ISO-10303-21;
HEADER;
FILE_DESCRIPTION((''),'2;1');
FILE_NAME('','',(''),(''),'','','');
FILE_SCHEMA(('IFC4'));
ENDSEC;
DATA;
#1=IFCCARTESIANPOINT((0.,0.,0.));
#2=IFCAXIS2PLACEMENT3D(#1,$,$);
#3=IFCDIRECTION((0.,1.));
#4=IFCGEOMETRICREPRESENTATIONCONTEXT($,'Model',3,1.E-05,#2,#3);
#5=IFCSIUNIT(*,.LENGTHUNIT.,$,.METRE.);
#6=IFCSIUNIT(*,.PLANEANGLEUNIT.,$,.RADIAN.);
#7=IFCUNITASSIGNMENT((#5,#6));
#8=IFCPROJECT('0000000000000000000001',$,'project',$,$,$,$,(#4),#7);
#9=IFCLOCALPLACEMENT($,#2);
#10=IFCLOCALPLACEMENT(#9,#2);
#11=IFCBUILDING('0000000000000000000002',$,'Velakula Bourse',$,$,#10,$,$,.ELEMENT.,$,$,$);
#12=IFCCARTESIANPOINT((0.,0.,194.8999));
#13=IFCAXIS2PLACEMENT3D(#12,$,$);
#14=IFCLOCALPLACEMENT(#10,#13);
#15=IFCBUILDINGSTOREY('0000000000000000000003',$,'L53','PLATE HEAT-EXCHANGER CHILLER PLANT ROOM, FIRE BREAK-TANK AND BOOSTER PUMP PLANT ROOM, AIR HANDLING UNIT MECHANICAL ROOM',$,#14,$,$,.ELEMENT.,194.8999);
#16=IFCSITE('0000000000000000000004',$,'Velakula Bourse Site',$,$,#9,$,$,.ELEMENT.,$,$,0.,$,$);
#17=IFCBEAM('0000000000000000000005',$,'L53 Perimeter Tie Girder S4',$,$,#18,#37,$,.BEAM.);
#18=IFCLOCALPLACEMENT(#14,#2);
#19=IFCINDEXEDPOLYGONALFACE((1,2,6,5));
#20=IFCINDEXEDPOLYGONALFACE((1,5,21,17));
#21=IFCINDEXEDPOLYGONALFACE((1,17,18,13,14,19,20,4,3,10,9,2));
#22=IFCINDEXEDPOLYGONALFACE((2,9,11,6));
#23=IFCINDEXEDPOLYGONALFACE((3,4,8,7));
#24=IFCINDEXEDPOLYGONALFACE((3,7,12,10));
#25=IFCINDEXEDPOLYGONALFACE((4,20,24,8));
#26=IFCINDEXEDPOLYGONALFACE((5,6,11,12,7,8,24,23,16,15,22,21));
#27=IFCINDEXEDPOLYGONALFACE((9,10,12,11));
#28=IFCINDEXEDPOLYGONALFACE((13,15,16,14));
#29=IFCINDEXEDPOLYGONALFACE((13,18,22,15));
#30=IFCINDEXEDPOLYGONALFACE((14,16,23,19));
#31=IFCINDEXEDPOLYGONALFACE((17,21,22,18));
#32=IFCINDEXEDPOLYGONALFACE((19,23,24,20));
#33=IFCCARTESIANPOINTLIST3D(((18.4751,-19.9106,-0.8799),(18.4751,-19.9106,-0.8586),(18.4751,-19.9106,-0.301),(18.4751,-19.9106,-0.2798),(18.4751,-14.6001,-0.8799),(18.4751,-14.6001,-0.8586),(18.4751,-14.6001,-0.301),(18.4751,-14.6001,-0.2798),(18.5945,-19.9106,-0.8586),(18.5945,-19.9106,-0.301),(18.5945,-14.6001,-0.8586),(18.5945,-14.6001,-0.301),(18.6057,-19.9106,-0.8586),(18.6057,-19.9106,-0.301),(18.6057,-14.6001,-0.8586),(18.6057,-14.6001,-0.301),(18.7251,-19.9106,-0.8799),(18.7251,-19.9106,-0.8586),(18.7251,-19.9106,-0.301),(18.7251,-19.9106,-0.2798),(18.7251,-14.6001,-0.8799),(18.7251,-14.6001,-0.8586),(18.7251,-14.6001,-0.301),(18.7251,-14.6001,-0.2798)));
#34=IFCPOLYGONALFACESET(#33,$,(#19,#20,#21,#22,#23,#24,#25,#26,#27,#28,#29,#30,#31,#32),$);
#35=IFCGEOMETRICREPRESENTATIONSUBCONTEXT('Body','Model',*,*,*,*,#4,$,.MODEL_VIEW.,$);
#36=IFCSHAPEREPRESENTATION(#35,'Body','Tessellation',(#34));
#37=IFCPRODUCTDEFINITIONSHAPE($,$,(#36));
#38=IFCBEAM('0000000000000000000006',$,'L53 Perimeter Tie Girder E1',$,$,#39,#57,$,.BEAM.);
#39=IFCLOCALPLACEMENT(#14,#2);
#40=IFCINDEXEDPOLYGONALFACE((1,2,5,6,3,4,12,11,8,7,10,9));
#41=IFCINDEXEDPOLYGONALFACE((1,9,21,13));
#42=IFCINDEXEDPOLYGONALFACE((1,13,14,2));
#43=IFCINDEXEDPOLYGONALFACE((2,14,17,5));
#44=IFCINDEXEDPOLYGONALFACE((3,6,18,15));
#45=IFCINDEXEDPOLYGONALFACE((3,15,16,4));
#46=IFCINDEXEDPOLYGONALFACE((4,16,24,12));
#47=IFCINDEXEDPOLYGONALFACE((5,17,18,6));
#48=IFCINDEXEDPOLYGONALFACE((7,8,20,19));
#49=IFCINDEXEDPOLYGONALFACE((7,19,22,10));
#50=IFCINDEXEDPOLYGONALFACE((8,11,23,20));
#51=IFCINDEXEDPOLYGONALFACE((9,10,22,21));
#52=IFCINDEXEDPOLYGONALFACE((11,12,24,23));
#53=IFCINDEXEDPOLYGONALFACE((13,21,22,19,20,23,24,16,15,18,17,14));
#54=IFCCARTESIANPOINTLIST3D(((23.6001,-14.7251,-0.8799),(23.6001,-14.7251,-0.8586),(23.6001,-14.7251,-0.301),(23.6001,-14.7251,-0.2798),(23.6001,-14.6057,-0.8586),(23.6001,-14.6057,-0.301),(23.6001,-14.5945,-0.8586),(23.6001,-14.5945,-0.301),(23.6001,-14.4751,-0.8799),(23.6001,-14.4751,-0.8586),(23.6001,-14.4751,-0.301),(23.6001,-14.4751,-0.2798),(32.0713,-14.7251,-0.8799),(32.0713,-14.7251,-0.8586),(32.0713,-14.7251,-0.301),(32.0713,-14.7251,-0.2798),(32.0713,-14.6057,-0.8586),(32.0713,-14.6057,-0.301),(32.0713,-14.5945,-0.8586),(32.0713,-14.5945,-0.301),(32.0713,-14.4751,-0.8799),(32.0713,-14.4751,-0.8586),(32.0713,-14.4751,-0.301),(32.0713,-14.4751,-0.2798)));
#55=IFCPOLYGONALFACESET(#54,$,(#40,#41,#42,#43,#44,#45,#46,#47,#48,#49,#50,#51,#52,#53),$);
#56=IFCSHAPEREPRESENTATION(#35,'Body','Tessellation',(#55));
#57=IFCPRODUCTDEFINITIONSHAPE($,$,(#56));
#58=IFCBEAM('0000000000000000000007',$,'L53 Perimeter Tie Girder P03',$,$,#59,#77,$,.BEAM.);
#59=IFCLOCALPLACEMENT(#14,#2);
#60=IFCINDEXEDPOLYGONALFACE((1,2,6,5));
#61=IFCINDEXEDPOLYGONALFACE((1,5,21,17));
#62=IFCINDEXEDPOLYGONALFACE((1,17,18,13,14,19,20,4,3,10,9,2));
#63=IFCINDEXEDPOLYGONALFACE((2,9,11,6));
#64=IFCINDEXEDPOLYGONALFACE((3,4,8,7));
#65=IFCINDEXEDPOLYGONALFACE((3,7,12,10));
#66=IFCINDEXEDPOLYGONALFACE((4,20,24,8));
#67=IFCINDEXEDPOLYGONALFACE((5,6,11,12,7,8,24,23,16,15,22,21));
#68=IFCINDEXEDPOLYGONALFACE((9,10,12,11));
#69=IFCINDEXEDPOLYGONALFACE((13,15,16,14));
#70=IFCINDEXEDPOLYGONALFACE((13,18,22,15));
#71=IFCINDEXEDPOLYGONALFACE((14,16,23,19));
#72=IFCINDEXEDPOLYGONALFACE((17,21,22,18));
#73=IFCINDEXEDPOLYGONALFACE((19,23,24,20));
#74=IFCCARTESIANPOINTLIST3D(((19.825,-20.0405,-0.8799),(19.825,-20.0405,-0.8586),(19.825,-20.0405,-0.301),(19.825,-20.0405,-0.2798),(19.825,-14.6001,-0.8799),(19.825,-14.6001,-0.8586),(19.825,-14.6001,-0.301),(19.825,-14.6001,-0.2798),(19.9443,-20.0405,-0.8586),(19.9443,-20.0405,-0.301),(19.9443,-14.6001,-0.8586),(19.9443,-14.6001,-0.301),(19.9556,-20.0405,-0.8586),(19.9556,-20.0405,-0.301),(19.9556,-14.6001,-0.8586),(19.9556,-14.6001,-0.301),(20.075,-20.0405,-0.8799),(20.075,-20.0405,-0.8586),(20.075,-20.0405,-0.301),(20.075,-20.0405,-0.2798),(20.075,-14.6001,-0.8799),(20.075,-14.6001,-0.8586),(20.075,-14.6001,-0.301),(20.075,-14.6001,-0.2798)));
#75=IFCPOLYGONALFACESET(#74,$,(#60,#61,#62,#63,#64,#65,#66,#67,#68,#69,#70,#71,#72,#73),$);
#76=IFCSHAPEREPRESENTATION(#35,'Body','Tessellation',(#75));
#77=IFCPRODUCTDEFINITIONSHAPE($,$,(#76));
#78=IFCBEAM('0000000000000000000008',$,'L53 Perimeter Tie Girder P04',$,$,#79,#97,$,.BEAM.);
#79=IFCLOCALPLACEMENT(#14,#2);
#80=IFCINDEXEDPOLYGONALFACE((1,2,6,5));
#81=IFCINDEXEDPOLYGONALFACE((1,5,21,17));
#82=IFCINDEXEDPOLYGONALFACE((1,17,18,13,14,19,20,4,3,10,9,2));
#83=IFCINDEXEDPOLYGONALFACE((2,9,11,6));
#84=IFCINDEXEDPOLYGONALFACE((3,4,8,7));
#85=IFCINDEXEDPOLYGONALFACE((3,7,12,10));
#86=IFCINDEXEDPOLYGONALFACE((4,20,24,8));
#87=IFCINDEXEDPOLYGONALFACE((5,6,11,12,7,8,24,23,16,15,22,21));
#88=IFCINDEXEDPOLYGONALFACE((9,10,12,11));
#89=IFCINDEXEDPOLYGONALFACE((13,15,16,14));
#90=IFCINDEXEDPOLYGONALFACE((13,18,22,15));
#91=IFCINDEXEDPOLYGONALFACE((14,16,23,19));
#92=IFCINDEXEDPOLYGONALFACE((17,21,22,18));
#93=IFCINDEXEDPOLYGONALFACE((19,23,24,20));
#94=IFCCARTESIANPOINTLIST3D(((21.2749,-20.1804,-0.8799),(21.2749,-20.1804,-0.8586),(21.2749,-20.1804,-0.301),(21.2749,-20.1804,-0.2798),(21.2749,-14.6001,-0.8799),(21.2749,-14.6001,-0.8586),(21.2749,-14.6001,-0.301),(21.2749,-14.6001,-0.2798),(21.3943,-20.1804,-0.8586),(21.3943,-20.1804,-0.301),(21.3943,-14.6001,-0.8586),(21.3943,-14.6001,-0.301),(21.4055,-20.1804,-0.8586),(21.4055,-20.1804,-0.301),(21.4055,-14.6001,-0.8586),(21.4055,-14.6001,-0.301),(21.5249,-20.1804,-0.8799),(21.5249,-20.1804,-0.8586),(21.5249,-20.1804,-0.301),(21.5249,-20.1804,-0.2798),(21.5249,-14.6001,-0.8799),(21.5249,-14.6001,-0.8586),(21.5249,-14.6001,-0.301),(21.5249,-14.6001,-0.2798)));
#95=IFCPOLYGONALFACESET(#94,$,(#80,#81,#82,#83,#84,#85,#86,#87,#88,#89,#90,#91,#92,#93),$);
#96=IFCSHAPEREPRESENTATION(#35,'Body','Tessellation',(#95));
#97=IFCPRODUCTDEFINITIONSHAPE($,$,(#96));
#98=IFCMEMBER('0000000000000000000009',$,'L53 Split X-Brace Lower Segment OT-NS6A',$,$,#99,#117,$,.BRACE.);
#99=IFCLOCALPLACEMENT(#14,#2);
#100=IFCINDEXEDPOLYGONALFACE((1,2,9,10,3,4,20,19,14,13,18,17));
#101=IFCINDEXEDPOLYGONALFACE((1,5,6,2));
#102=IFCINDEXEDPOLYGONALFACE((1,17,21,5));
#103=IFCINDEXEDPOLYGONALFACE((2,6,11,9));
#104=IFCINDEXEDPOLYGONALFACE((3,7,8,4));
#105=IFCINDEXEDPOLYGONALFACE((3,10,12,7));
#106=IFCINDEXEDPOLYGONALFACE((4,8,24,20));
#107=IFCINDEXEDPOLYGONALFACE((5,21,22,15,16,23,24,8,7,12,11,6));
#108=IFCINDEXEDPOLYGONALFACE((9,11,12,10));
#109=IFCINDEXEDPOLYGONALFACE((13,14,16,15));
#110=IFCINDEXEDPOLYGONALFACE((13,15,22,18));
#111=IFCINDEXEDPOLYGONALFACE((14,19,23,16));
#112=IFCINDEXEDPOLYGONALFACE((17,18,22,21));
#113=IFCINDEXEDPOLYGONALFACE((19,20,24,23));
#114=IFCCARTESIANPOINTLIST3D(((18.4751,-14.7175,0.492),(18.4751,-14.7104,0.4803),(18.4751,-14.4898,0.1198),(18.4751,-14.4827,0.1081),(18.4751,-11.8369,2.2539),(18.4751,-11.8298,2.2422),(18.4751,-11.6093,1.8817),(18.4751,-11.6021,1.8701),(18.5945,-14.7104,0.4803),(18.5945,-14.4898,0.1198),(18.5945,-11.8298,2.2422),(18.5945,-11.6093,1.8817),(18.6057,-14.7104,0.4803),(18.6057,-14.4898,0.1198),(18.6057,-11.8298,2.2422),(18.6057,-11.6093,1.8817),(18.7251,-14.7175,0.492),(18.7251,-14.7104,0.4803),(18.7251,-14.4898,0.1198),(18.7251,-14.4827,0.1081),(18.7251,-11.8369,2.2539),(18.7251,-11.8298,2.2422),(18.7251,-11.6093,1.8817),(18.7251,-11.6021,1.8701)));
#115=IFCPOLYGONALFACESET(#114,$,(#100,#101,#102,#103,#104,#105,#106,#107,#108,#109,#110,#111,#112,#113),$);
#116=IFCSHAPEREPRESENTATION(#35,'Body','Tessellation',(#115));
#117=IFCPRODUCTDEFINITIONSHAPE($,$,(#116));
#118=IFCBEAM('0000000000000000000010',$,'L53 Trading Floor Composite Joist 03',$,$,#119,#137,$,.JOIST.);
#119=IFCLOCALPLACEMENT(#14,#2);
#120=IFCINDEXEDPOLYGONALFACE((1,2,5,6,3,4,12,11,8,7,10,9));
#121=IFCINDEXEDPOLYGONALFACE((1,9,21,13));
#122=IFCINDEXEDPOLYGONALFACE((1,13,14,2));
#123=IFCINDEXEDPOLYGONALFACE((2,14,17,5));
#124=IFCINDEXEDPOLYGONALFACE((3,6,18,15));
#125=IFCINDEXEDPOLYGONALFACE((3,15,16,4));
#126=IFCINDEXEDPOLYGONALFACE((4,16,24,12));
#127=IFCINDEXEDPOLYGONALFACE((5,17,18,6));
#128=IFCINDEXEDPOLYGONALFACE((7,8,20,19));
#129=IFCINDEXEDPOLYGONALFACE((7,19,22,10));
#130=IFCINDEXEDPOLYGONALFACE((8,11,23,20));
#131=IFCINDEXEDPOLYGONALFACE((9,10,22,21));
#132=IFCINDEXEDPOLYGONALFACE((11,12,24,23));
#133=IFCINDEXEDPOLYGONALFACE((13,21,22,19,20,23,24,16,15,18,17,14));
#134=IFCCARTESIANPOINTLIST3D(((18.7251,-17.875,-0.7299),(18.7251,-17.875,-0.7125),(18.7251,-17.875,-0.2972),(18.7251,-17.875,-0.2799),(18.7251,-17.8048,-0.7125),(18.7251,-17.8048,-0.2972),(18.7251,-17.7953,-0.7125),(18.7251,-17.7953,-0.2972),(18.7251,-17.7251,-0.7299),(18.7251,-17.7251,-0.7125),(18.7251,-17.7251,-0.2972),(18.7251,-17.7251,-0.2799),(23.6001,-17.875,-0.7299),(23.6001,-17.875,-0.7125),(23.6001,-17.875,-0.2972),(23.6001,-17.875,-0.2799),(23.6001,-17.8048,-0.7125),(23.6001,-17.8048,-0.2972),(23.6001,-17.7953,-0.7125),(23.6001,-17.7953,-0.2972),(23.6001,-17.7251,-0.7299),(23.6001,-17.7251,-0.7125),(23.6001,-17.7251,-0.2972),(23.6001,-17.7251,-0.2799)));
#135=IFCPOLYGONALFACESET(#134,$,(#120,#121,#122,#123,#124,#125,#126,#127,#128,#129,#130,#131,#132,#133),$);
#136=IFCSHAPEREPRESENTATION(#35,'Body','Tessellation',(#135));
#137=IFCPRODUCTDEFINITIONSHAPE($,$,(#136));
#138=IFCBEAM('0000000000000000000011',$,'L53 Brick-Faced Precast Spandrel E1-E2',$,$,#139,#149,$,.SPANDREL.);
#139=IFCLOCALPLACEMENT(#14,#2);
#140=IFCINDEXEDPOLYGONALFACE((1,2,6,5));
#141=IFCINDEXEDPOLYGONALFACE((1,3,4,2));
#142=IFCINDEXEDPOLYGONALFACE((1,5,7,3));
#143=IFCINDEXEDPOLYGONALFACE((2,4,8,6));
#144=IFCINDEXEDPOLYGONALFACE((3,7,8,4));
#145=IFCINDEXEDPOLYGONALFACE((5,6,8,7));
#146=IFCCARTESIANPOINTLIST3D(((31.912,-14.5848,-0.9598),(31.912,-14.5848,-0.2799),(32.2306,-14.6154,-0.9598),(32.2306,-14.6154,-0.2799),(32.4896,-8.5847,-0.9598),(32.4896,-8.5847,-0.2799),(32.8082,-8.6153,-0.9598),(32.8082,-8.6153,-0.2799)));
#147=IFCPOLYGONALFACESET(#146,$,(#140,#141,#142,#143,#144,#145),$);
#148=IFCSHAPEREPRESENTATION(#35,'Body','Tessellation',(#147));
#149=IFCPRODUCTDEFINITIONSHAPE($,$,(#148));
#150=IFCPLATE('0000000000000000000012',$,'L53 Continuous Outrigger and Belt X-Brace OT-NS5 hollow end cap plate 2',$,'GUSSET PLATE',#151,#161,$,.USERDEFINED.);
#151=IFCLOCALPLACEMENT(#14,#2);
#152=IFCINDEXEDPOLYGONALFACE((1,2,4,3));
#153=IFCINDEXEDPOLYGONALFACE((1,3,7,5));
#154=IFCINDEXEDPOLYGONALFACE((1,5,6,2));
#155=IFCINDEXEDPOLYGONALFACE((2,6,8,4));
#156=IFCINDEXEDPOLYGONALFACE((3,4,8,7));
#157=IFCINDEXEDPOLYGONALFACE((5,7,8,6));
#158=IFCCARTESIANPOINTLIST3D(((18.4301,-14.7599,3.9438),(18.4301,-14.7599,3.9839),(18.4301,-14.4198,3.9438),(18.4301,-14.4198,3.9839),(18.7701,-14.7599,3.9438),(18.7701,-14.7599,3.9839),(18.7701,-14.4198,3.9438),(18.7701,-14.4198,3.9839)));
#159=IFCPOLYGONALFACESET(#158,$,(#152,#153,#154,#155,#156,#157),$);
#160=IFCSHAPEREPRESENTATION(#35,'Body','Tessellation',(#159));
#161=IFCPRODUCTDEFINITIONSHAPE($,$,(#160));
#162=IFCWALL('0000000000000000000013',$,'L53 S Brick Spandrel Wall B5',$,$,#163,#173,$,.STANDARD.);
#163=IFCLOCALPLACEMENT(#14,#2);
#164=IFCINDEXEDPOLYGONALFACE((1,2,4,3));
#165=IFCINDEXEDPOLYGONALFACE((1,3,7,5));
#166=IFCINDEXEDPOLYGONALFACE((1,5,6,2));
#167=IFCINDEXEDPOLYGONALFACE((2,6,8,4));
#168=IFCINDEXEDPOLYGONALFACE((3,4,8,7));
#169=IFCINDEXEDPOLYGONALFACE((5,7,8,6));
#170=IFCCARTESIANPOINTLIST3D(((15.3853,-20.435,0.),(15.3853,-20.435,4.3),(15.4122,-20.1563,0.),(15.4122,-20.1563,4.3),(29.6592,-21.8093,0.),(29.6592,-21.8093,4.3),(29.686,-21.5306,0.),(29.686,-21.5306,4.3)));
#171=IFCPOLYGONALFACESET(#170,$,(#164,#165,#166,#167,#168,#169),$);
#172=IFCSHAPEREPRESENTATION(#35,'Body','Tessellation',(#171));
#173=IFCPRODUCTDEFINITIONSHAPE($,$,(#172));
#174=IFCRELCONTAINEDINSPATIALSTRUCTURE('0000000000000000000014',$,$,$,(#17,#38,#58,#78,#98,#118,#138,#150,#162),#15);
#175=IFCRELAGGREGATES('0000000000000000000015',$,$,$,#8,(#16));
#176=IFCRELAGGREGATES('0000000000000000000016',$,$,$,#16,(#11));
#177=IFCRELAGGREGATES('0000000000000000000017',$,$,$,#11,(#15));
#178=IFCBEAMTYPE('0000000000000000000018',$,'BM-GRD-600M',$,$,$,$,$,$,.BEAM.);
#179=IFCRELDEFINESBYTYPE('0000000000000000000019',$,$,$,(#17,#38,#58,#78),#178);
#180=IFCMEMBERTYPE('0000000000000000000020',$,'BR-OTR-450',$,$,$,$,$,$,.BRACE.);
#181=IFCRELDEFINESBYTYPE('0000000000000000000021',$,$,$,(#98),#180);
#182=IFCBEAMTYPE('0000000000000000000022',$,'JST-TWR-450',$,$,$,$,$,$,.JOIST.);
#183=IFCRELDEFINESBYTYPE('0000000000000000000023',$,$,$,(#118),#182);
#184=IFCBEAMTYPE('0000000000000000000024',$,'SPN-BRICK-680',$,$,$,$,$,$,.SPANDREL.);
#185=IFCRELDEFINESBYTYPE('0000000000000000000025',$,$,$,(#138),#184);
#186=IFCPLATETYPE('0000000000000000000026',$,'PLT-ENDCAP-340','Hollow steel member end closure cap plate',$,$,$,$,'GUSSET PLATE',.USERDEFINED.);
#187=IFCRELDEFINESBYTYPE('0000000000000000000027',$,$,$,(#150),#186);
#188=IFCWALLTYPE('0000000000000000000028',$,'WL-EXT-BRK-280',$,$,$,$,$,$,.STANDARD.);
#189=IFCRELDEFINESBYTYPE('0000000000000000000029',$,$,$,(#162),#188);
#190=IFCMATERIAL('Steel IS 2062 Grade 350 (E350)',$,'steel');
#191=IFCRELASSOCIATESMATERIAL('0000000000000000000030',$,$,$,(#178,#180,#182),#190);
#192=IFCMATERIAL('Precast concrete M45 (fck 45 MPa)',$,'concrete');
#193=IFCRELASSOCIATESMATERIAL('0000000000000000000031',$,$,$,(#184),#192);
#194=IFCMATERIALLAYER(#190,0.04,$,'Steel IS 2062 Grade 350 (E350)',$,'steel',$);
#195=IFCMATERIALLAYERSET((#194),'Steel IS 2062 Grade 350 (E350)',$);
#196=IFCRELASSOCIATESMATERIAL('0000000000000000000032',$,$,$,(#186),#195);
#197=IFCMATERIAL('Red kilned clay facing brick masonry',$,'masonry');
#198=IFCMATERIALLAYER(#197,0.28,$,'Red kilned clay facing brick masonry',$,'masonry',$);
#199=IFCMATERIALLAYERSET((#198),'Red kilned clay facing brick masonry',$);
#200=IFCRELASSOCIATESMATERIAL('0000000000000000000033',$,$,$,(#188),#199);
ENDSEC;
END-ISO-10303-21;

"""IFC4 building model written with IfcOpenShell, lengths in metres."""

from ifc_helpers import new_model, si_unit, direction, frame, frame_2d, origin, origin_2d, place, context, subcontext, project, spatial, rectangle, i_section, extrude, material, layer, layer_set, material_profile, profile_set, type_object, element, save


model = new_model("IFC4")

# Units and contexts
model_context = context("Model", 3, precision=1e-05, world=origin(), true_north=direction((0.0, 1.0)))
body_context = subcontext(model_context, "Body", "Model", "MODEL_VIEW")
ifc_project = project(units=[si_unit("LENGTHUNIT", "METRE"), si_unit("PLANEANGLEUNIT", "RADIAN")], contexts=[model_context])

# Site, building, storey
site_placement = place(None, origin())
site = spatial("IfcSite", under=ifc_project, at=site_placement, Name="Velakula Bourse Site", CompositionType="ELEMENT", RefElevation=0.0)
building_placement = place(site_placement, origin())
building = spatial("IfcBuilding", under=site, at=building_placement, Name="Velakula Bourse", CompositionType="ELEMENT")
storey_placement = place(building_placement, frame((0.0, 0.0, 194.8999)))
storey = spatial("IfcBuildingStorey", under=building, at=storey_placement, Name="L53", Description="PLATE HEAT-EXCHANGER CHILLER PLANT ROOM, FIRE BREAK-TANK AND BOOSTER PUMP PLANT ROOM, AIR HANDLING UNIT MECHANICAL ROOM", CompositionType="ELEMENT", Elevation=194.8999)

# Shared definitions
ifc_material_1 = material(Name="Steel IS 2062 Grade 350 (E350)", Category="steel")
ifc_material_2 = material(Name="Precast concrete M45 (fck 45 MPa)", Category="concrete")

# Beams
ifc_material_profile_1 = material_profile(ifc_material_1, i_section(OverallWidth=0.25, OverallDepth=0.6001, WebThickness=0.0112, FlangeThickness=0.0212, at=origin_2d()), Name="Steel IS 2062 Grade 350 (E350)")
ifc_profile_set_1 = profile_set([ifc_material_profile_1], Name="Steel IS 2062 Grade 350 (E350)")
beam_type_1 = type_object("IfcBeamType", Name="BM-GRD-600M", PredefinedType="BEAM", material=ifc_profile_set_1)
beam_1_placement = place(storey_placement, frame((18.6001, -14.6001, -0.5798), z_axis=(0.0, -1.0, 0.0), x_axis=(1.0, 0.0, 0.0)))
element("IfcBeam", 1, at=beam_1_placement, inside=storey, type_object=beam_type_1, Name="L53 Perimeter Tie Girder S4", PredefinedType="BEAM", context=body_context, shape_type="SweptSolid", body=[
    extrude(i_section(OverallWidth=0.25, OverallDepth=0.6001, WebThickness=0.0112, FlangeThickness=0.0212, at=origin_2d()), origin(), (0.0, 0.0, 1.0), 5.3105),
])
beam_2_placement = place(storey_placement, frame((23.6001, -14.6001, -0.5798), z_axis=(1.0, 0.0, 0.0), x_axis=(0.0, 1.0, 0.0)))
element("IfcBeam", 2, at=beam_2_placement, inside=storey, type_object=beam_type_1, Name="L53 Perimeter Tie Girder E1", PredefinedType="BEAM", context=body_context, shape_type="SweptSolid", body=[
    extrude(i_section(OverallWidth=0.25, OverallDepth=0.6001, WebThickness=0.0112, FlangeThickness=0.0212, at=origin_2d()), origin(), (0.0, 0.0, 1.0), 8.4712),
])
beam_3_placement = place(storey_placement, frame((19.95, -14.6001, -0.5798), z_axis=(0.0, -1.0, 0.0), x_axis=(1.0, 0.0, 0.0)))
element("IfcBeam", 3, at=beam_3_placement, inside=storey, type_object=beam_type_1, Name="L53 Perimeter Tie Girder P03", PredefinedType="BEAM", context=body_context, shape_type="SweptSolid", body=[
    extrude(i_section(OverallWidth=0.25, OverallDepth=0.6001, WebThickness=0.0112, FlangeThickness=0.0212, at=origin_2d()), origin(), (0.0, 0.0, 1.0), 5.4404),
])
beam_4_placement = place(storey_placement, frame((21.3999, -14.6001, -0.5798), z_axis=(0.0, -1.0, 0.0), x_axis=(1.0, 0.0, 0.0)))
element("IfcBeam", 4, at=beam_4_placement, inside=storey, type_object=beam_type_1, Name="L53 Perimeter Tie Girder P04", PredefinedType="BEAM", context=body_context, shape_type="SweptSolid", body=[
    extrude(i_section(OverallWidth=0.25, OverallDepth=0.6001, WebThickness=0.0112, FlangeThickness=0.0212, at=origin_2d()), origin(), (0.0, 0.0, 1.0), 5.5803),
])

# Member
ifc_material_profile_2 = material_profile(ifc_material_1, i_section(OverallWidth=0.25, OverallDepth=0.45, WebThickness=0.0112, FlangeThickness=0.0137, at=origin_2d()), Name="Steel IS 2062 Grade 350 (E350)")
ifc_profile_set_2 = profile_set([ifc_material_profile_2], Name="Steel IS 2062 Grade 350 (E350)")
member_type = type_object("IfcMemberType", Name="BR-OTR-450", PredefinedType="BRACE", material=ifc_profile_set_2)
member_placement = place(storey_placement, frame((18.6001, -14.6001, 0.3), z_axis=(0.0, 0.853073, 0.521792), x_axis=(-1.0, 0.0, 0.0)))
element("IfcMember", 5, at=member_placement, inside=storey, type_object=member_type, Name="L53 Split X-Brace Lower Segment OT-NS6A", PredefinedType="BRACE", context=body_context, shape_type="SweptSolid", body=[
    extrude(i_section(OverallWidth=0.25, OverallDepth=0.45, WebThickness=0.0112, FlangeThickness=0.0137, at=origin_2d()), origin(), (0.0, 0.0, 1.0), 3.3767),
])

# Beams
ifc_material_profile_3 = material_profile(ifc_material_1, i_section(OverallWidth=0.1499, OverallDepth=0.45, WebThickness=0.0095, FlangeThickness=0.0173, at=origin_2d()), Name="Steel IS 2062 Grade 350 (E350)")
ifc_profile_set_3 = profile_set([ifc_material_profile_3], Name="Steel IS 2062 Grade 350 (E350)")
beam_type_2 = type_object("IfcBeamType", Name="JST-TWR-450", PredefinedType="JOIST", material=ifc_profile_set_3)
beam_5_placement = place(storey_placement, frame((18.7251, -17.8, -0.5049), z_axis=(1.0, 0.0, 0.0), x_axis=(0.0, 1.0, 0.0)))
element("IfcBeam", 6, at=beam_5_placement, inside=storey, type_object=beam_type_2, Name="L53 Trading Floor Composite Joist 03", PredefinedType="JOIST", context=body_context, shape_type="SweptSolid", body=[
    extrude(i_section(OverallWidth=0.1499, OverallDepth=0.45, WebThickness=0.0095, FlangeThickness=0.0173, at=origin_2d()), origin(), (0.0, 0.0, 1.0), 4.875),
])
ifc_material_profile_4 = material_profile(ifc_material_2, rectangle(XDim=0.3201, YDim=0.6799, at=origin_2d()), Name="Precast concrete M45 (fck 45 MPa)")
ifc_profile_set_4 = profile_set([ifc_material_profile_4], Name="Precast concrete M45 (fck 45 MPa)")
beam_type_3 = type_object("IfcBeamType", Name="SPN-BRICK-680", PredefinedType="SPANDREL", material=ifc_profile_set_4)
beam_6_placement = place(storey_placement, frame((32.0713, -14.6001, -0.6199), z_axis=(0.09583, 0.995398, 0.0), x_axis=(-0.995398, 0.09583, 0.0)))
element("IfcBeam", 7, at=beam_6_placement, inside=storey, type_object=beam_type_3, Name="L53 Brick-Faced Precast Spandrel E1-E2", PredefinedType="SPANDREL", context=body_context, shape_type="SweptSolid", body=[
    extrude(rectangle(XDim=0.3201, YDim=0.6799, at=origin_2d()), origin(), (0.0, 0.0, 1.0), 6.0278),
])

# Plate
ifc_layer_1 = layer(ifc_material_1, 0.04, Name="Steel IS 2062 Grade 350 (E350)", Category="steel")
ifc_layer_set_1 = layer_set([ifc_layer_1], Name="Steel IS 2062 Grade 350 (E350)")
plate_type = type_object("IfcPlateType", Name="PLT-ENDCAP-340", Description="Hollow steel member end closure cap plate", ElementType="GUSSET PLATE", PredefinedType="USERDEFINED", material=ifc_layer_set_1)
plate_placement = place(storey_placement, frame((18.6001, -14.5898, 3.9438), z_axis=(0.0, 0.0, 1.0), x_axis=(0.0, -1.0, 0.0)))
element("IfcPlate", 8, at=plate_placement, inside=storey, type_object=plate_type, Name="L53 Continuous Outrigger and Belt X-Brace OT-NS5 hollow end cap plate 2", ObjectType="GUSSET PLATE", PredefinedType="USERDEFINED", context=body_context, shape_type="SweptSolid", body=[
    extrude(rectangle(XDim=0.3401, YDim=0.3401, at=origin_2d()), origin(), (0.0, 0.0, 1.0), 0.04),
])

# Wall
ifc_material_3 = material(Name="Red kilned clay facing brick masonry", Category="masonry")
ifc_layer_2 = layer(ifc_material_3, 0.28, Name="Red kilned clay facing brick masonry", Category="masonry")
ifc_layer_set_2 = layer_set([ifc_layer_2], Name="Red kilned clay facing brick masonry")
wall_type = type_object("IfcWallType", Name="WL-EXT-BRK-280", PredefinedType="STANDARD", material=ifc_layer_set_2)
wall_1_placement = place(storey_placement, frame((29.6726, -21.6699, 0.0), z_axis=(0.0, 0.0, 1.0), x_axis=(-0.995397, 0.095835, 0.0)))
element("IfcWall", 9, at=wall_1_placement, inside=storey, type_object=wall_type, Name="L53 S Brick Spandrel Wall B5", PredefinedType="STANDARD", context=body_context, shape_type="SweptSolid", body=[
    extrude(rectangle(XDim=14.3398, YDim=0.28, at=frame_2d((7.1699, 0.0))), origin(), (0.0, 0.0, 1.0), 4.3),
])

save(model, "model.ifc")
